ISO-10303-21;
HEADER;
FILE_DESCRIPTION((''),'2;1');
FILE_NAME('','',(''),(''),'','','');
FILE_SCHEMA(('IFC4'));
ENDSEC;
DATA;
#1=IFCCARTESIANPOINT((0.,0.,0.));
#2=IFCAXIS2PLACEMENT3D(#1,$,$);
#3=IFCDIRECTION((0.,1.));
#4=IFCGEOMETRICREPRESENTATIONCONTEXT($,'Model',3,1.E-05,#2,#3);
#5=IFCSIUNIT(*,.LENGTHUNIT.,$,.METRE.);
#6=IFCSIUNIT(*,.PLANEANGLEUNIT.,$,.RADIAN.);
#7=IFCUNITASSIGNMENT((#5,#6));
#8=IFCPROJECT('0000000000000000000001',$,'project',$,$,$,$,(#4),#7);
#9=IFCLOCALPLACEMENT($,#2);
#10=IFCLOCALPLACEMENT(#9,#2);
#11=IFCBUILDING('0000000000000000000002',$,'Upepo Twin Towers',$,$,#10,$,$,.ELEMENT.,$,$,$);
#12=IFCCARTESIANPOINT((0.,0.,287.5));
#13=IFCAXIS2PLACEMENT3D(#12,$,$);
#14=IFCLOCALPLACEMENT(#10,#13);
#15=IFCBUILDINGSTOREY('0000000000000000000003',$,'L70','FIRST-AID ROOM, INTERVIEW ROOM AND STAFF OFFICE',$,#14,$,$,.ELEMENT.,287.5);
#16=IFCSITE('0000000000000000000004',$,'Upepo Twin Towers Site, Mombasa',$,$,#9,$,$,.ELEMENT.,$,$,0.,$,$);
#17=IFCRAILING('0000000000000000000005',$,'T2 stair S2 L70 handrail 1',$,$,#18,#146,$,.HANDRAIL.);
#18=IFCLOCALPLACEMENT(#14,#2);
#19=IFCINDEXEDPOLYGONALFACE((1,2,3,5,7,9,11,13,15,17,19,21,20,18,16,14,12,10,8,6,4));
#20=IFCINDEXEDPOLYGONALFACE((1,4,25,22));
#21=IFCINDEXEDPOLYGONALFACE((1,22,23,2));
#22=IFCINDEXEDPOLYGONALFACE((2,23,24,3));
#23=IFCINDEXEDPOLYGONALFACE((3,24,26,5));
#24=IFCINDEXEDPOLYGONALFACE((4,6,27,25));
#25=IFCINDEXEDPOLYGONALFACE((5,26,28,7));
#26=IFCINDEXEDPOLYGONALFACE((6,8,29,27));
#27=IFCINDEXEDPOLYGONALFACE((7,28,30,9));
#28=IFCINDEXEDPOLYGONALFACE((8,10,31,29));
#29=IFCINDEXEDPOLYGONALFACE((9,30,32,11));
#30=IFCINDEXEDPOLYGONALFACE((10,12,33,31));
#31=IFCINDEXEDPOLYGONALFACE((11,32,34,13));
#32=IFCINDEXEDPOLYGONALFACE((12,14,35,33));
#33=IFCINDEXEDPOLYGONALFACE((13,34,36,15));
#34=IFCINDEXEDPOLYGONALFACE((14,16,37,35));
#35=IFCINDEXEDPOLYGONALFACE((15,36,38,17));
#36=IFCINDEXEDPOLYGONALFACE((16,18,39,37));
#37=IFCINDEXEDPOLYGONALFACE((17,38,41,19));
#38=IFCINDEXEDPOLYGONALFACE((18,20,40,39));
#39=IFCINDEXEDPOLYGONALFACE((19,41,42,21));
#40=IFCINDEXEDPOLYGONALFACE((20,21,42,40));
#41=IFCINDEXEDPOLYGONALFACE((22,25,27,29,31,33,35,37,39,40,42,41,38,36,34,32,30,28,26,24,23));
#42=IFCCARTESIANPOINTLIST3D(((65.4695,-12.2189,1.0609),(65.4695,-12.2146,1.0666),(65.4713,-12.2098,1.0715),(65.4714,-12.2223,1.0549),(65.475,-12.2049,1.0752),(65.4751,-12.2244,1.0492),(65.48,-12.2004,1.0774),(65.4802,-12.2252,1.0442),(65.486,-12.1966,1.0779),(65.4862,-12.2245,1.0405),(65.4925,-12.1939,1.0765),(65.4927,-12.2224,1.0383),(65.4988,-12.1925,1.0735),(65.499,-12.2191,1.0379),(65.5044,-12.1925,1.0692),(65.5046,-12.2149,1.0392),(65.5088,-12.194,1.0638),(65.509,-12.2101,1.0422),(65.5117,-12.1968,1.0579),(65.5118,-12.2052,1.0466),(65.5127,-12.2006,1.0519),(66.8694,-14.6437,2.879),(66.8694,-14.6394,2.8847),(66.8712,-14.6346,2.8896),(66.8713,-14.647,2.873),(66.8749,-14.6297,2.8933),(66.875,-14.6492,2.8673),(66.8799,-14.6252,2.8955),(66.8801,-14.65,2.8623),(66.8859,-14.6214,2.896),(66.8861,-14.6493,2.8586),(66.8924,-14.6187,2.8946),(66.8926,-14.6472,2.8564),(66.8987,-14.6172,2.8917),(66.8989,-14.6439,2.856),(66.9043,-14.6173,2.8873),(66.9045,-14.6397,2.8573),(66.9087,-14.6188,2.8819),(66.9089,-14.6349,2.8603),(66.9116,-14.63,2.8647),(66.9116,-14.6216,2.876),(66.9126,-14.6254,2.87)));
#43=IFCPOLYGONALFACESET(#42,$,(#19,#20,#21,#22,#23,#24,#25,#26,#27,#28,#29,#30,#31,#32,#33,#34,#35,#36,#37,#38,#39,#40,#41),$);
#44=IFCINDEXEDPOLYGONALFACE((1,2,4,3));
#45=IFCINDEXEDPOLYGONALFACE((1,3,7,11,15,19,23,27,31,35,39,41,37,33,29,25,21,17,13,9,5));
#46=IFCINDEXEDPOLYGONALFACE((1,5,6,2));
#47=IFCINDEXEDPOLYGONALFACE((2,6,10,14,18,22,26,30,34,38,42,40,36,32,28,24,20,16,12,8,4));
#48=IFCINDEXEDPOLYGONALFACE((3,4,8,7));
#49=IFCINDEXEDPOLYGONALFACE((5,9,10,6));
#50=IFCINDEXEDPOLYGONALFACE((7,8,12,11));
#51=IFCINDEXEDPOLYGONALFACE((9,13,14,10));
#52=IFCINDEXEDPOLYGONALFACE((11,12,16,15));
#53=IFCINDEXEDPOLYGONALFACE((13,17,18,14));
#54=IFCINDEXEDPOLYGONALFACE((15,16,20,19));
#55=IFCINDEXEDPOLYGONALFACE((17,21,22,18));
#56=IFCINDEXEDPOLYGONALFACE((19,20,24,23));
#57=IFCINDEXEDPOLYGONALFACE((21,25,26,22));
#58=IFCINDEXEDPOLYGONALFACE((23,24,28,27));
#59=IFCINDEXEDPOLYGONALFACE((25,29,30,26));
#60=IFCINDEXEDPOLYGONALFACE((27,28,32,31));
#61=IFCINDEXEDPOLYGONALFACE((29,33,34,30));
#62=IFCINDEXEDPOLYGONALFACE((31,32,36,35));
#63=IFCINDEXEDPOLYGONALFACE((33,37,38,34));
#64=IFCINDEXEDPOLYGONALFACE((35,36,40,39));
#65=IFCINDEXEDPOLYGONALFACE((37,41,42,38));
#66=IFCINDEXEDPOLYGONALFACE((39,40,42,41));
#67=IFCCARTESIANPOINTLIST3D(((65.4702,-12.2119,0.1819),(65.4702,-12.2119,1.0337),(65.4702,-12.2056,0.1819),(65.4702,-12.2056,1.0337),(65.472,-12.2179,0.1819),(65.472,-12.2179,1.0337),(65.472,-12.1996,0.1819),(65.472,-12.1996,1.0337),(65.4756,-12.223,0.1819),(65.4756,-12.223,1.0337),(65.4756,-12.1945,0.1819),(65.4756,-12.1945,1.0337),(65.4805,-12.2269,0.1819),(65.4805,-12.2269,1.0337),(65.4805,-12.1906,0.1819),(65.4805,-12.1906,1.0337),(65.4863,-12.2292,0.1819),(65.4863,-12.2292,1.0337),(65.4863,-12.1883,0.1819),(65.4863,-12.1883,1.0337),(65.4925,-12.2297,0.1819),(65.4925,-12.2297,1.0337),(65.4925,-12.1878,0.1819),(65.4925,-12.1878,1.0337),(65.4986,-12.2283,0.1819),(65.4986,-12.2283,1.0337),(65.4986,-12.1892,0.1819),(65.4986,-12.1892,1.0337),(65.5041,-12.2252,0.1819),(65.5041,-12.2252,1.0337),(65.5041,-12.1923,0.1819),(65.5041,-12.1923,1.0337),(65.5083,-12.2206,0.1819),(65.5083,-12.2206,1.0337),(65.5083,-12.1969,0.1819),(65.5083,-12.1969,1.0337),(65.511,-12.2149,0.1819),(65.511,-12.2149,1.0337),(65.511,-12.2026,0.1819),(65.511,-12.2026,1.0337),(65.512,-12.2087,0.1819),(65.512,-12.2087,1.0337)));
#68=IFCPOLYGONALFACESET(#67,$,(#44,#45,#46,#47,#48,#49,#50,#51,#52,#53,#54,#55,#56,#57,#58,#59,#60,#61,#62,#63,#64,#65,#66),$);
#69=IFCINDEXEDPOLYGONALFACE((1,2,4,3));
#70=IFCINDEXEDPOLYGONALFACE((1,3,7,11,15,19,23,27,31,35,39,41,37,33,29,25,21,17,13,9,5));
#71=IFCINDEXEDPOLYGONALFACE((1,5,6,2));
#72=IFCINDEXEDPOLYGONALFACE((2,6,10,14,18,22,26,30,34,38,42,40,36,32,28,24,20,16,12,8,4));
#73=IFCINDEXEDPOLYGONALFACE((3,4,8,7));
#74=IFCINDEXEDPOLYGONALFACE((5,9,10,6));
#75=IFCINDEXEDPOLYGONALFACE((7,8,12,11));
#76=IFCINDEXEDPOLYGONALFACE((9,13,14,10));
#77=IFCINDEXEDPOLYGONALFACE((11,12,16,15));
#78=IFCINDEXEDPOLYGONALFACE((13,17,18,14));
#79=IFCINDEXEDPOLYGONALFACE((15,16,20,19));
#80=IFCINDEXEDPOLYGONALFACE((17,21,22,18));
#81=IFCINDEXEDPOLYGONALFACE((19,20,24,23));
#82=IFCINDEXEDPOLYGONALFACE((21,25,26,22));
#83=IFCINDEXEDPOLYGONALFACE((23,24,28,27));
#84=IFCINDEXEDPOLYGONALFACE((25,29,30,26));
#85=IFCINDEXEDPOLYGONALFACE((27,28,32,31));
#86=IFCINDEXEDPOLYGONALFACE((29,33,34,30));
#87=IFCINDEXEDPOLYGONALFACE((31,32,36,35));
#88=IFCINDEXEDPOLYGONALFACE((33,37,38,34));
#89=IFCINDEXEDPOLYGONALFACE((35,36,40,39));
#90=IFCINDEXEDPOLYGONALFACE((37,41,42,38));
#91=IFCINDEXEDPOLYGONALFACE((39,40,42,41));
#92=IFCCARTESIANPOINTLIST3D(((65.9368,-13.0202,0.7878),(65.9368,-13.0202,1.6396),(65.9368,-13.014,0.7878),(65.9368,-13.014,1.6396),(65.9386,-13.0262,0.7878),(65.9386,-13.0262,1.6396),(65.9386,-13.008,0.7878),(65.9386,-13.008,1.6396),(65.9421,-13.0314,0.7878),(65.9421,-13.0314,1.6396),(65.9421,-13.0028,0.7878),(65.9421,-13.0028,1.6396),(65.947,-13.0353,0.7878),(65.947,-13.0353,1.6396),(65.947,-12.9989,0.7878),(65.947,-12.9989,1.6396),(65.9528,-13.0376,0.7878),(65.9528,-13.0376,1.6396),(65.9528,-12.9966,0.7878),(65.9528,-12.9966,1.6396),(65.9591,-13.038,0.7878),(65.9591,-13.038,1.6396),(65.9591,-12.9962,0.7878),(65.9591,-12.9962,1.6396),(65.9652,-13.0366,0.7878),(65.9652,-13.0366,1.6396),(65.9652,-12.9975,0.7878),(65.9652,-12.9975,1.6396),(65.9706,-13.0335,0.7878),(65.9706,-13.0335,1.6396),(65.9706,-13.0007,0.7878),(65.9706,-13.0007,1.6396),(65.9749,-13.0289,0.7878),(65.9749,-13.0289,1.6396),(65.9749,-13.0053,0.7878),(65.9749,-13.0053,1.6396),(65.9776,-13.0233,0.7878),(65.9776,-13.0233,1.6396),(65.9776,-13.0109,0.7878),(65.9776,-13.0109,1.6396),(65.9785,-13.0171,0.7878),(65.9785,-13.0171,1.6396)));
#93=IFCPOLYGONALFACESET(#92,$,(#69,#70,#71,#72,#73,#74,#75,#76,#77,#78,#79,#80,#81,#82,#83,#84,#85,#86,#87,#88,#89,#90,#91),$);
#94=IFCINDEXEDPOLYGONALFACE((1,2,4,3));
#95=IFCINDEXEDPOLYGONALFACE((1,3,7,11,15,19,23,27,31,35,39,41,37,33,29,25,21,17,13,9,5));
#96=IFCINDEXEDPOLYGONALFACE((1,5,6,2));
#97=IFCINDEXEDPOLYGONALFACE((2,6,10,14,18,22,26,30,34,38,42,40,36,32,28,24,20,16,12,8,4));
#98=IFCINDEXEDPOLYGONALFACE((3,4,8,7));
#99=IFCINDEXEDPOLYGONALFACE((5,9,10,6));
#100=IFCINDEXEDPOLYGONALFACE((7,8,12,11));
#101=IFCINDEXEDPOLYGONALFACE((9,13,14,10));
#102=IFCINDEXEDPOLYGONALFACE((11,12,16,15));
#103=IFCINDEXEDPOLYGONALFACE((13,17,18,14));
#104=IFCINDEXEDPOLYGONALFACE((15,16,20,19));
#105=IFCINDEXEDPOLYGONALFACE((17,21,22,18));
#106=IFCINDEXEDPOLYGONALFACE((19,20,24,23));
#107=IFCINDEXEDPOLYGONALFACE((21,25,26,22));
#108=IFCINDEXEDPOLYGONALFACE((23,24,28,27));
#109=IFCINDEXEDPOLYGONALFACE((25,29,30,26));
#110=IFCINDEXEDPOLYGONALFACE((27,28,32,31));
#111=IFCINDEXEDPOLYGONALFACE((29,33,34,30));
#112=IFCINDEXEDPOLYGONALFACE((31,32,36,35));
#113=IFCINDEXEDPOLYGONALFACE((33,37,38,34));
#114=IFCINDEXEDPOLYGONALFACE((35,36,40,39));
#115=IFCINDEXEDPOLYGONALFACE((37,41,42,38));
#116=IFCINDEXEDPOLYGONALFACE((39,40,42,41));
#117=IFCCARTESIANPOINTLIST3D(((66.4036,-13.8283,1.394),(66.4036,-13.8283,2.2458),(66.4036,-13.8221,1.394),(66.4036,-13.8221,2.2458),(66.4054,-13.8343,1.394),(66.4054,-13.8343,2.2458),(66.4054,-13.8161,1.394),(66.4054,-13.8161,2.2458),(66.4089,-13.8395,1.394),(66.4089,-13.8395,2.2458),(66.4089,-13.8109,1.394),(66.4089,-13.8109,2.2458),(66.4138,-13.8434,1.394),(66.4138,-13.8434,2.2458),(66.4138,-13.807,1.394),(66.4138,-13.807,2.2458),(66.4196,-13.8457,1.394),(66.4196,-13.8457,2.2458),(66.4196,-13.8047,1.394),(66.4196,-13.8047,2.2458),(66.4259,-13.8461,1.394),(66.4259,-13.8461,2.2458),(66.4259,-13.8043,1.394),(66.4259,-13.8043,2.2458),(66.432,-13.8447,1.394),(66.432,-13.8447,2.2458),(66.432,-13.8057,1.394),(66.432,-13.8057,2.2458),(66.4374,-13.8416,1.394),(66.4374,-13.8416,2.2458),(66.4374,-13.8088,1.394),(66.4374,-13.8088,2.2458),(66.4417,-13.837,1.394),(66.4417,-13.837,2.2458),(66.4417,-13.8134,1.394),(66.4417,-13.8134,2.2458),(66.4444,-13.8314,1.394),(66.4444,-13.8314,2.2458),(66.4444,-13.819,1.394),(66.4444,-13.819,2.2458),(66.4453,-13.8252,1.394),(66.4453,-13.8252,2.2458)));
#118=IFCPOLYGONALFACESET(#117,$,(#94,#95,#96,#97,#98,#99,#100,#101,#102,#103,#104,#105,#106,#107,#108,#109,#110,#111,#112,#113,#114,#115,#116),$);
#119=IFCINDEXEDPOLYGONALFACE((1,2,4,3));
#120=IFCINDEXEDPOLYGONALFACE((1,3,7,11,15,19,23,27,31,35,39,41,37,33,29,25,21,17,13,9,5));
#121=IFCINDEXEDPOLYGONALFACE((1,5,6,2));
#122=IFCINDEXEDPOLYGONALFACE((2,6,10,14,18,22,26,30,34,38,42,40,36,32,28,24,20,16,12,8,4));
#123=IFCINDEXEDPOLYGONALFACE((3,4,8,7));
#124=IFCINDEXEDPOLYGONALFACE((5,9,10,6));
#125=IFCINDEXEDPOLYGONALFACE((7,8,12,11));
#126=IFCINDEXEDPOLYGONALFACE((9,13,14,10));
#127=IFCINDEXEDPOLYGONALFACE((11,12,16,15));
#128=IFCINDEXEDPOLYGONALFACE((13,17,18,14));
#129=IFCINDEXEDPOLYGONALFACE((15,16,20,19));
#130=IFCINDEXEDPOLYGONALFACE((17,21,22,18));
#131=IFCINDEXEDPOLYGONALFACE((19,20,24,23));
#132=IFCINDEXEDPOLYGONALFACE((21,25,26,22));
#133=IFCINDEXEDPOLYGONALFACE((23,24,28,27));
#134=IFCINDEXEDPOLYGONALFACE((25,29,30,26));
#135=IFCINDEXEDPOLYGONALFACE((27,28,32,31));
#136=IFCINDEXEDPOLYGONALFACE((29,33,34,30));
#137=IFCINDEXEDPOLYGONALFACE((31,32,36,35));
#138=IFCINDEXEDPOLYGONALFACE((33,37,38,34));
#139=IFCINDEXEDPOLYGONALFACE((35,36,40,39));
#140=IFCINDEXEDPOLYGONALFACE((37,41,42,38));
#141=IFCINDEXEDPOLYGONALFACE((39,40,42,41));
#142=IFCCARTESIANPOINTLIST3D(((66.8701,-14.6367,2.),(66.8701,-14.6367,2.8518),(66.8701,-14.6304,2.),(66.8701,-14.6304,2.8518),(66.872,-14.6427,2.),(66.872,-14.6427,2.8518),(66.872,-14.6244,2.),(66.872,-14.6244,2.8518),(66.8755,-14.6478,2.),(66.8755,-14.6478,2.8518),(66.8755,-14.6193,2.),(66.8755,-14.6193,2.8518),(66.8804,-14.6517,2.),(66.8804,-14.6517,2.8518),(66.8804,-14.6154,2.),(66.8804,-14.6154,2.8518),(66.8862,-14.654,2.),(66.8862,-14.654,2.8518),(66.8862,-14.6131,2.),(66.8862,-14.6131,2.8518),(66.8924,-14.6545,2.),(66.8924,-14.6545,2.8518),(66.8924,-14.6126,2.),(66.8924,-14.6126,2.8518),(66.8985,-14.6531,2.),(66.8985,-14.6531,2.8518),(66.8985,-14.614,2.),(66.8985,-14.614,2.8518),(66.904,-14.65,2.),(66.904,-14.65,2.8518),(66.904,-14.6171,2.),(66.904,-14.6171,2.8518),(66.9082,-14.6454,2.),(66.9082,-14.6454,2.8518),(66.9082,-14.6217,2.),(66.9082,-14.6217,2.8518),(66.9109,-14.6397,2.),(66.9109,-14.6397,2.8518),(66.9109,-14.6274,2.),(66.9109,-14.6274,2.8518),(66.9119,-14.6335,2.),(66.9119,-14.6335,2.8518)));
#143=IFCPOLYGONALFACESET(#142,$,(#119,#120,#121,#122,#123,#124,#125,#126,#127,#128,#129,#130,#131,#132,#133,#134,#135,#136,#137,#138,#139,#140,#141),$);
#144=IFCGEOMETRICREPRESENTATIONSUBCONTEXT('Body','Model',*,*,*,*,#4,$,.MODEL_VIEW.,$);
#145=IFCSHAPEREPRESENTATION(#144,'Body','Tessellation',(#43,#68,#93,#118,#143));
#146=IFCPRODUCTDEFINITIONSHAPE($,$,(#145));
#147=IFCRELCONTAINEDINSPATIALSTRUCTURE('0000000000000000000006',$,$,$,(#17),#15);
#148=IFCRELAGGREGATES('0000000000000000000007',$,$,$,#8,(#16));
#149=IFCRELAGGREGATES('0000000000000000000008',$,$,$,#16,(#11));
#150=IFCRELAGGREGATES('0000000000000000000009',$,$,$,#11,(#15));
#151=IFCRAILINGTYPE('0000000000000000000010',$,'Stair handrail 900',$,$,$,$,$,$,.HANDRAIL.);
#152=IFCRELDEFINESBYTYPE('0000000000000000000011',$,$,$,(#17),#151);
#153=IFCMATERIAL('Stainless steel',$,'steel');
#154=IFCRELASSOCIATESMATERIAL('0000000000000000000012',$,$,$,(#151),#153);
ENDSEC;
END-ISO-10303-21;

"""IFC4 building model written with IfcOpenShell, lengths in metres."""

from ifc_helpers import new_model, si_unit, direction, frame, origin, origin_2d, place, context, subcontext, project, spatial, circle, extrude, material, type_object, element, save


model = new_model("IFC4")

# Units and contexts
model_context = context("Model", 3, precision=1e-05, world=origin(), true_north=direction((0.0, 1.0)))
body_context = subcontext(model_context, "Body", "Model", "MODEL_VIEW")
ifc_project = project(units=[si_unit("LENGTHUNIT", "METRE"), si_unit("PLANEANGLEUNIT", "RADIAN")], contexts=[model_context])

# Site, building, storey
site_placement = place(None, origin())
site = spatial("IfcSite", under=ifc_project, at=site_placement, Name="Upepo Twin Towers Site, Mombasa", CompositionType="ELEMENT", RefElevation=0.0)
building_placement = place(site_placement, origin())
building = spatial("IfcBuilding", under=site, at=building_placement, Name="Upepo Twin Towers", CompositionType="ELEMENT")
storey_placement = place(building_placement, frame((0.0, 0.0, 287.5)))
storey = spatial("IfcBuildingStorey", under=building, at=storey_placement, Name="L70", Description="FIRST-AID ROOM, INTERVIEW ROOM AND STAFF OFFICE", CompositionType="ELEMENT", Elevation=287.5)

# Railing
ifc_material_1 = material(Name="Stainless steel", Category="steel")
railing_type = type_object("IfcRailingType", Name="Stair handrail 900", PredefinedType="HANDRAIL", material=ifc_material_1)
railing_1_placement = place(storey_placement, frame((65.491, -12.2087, 0.1819)))
element("IfcRailing", 1, at=railing_1_placement, inside=storey, type_object=railing_type, Name="T2 stair S2 L70 handrail 1", PredefinedType="HANDRAIL", context=body_context, shape_type="SweptSolid", body=[
    extrude(circle(Radius=0.0239, at=origin_2d()), frame((0.0, 0.0, 0.876), z_axis=(0.419333, -0.726336, 0.544606), x_axis=(0.866035, 0.499984, 0.0)), (0.0, 0.0, 1.0), 3.3384),
    extrude(circle(Radius=0.021, at=origin_2d()), origin(), (0.0, 0.0, 1.0), 0.8518),
    extrude(circle(Radius=0.021, at=origin_2d()), frame((0.4666, -0.8083, 0.606)), (0.0, 0.0, 1.0), 0.8518),
    extrude(circle(Radius=0.021, at=origin_2d()), frame((0.9333, -1.6165, 1.2122)), (0.0, 0.0, 1.0), 0.8518),
    extrude(circle(Radius=0.021, at=origin_2d()), frame((1.3999, -2.4248, 1.8181)), (0.0, 0.0, 1.0), 0.8518),
])

save(model, "model.ifc")
